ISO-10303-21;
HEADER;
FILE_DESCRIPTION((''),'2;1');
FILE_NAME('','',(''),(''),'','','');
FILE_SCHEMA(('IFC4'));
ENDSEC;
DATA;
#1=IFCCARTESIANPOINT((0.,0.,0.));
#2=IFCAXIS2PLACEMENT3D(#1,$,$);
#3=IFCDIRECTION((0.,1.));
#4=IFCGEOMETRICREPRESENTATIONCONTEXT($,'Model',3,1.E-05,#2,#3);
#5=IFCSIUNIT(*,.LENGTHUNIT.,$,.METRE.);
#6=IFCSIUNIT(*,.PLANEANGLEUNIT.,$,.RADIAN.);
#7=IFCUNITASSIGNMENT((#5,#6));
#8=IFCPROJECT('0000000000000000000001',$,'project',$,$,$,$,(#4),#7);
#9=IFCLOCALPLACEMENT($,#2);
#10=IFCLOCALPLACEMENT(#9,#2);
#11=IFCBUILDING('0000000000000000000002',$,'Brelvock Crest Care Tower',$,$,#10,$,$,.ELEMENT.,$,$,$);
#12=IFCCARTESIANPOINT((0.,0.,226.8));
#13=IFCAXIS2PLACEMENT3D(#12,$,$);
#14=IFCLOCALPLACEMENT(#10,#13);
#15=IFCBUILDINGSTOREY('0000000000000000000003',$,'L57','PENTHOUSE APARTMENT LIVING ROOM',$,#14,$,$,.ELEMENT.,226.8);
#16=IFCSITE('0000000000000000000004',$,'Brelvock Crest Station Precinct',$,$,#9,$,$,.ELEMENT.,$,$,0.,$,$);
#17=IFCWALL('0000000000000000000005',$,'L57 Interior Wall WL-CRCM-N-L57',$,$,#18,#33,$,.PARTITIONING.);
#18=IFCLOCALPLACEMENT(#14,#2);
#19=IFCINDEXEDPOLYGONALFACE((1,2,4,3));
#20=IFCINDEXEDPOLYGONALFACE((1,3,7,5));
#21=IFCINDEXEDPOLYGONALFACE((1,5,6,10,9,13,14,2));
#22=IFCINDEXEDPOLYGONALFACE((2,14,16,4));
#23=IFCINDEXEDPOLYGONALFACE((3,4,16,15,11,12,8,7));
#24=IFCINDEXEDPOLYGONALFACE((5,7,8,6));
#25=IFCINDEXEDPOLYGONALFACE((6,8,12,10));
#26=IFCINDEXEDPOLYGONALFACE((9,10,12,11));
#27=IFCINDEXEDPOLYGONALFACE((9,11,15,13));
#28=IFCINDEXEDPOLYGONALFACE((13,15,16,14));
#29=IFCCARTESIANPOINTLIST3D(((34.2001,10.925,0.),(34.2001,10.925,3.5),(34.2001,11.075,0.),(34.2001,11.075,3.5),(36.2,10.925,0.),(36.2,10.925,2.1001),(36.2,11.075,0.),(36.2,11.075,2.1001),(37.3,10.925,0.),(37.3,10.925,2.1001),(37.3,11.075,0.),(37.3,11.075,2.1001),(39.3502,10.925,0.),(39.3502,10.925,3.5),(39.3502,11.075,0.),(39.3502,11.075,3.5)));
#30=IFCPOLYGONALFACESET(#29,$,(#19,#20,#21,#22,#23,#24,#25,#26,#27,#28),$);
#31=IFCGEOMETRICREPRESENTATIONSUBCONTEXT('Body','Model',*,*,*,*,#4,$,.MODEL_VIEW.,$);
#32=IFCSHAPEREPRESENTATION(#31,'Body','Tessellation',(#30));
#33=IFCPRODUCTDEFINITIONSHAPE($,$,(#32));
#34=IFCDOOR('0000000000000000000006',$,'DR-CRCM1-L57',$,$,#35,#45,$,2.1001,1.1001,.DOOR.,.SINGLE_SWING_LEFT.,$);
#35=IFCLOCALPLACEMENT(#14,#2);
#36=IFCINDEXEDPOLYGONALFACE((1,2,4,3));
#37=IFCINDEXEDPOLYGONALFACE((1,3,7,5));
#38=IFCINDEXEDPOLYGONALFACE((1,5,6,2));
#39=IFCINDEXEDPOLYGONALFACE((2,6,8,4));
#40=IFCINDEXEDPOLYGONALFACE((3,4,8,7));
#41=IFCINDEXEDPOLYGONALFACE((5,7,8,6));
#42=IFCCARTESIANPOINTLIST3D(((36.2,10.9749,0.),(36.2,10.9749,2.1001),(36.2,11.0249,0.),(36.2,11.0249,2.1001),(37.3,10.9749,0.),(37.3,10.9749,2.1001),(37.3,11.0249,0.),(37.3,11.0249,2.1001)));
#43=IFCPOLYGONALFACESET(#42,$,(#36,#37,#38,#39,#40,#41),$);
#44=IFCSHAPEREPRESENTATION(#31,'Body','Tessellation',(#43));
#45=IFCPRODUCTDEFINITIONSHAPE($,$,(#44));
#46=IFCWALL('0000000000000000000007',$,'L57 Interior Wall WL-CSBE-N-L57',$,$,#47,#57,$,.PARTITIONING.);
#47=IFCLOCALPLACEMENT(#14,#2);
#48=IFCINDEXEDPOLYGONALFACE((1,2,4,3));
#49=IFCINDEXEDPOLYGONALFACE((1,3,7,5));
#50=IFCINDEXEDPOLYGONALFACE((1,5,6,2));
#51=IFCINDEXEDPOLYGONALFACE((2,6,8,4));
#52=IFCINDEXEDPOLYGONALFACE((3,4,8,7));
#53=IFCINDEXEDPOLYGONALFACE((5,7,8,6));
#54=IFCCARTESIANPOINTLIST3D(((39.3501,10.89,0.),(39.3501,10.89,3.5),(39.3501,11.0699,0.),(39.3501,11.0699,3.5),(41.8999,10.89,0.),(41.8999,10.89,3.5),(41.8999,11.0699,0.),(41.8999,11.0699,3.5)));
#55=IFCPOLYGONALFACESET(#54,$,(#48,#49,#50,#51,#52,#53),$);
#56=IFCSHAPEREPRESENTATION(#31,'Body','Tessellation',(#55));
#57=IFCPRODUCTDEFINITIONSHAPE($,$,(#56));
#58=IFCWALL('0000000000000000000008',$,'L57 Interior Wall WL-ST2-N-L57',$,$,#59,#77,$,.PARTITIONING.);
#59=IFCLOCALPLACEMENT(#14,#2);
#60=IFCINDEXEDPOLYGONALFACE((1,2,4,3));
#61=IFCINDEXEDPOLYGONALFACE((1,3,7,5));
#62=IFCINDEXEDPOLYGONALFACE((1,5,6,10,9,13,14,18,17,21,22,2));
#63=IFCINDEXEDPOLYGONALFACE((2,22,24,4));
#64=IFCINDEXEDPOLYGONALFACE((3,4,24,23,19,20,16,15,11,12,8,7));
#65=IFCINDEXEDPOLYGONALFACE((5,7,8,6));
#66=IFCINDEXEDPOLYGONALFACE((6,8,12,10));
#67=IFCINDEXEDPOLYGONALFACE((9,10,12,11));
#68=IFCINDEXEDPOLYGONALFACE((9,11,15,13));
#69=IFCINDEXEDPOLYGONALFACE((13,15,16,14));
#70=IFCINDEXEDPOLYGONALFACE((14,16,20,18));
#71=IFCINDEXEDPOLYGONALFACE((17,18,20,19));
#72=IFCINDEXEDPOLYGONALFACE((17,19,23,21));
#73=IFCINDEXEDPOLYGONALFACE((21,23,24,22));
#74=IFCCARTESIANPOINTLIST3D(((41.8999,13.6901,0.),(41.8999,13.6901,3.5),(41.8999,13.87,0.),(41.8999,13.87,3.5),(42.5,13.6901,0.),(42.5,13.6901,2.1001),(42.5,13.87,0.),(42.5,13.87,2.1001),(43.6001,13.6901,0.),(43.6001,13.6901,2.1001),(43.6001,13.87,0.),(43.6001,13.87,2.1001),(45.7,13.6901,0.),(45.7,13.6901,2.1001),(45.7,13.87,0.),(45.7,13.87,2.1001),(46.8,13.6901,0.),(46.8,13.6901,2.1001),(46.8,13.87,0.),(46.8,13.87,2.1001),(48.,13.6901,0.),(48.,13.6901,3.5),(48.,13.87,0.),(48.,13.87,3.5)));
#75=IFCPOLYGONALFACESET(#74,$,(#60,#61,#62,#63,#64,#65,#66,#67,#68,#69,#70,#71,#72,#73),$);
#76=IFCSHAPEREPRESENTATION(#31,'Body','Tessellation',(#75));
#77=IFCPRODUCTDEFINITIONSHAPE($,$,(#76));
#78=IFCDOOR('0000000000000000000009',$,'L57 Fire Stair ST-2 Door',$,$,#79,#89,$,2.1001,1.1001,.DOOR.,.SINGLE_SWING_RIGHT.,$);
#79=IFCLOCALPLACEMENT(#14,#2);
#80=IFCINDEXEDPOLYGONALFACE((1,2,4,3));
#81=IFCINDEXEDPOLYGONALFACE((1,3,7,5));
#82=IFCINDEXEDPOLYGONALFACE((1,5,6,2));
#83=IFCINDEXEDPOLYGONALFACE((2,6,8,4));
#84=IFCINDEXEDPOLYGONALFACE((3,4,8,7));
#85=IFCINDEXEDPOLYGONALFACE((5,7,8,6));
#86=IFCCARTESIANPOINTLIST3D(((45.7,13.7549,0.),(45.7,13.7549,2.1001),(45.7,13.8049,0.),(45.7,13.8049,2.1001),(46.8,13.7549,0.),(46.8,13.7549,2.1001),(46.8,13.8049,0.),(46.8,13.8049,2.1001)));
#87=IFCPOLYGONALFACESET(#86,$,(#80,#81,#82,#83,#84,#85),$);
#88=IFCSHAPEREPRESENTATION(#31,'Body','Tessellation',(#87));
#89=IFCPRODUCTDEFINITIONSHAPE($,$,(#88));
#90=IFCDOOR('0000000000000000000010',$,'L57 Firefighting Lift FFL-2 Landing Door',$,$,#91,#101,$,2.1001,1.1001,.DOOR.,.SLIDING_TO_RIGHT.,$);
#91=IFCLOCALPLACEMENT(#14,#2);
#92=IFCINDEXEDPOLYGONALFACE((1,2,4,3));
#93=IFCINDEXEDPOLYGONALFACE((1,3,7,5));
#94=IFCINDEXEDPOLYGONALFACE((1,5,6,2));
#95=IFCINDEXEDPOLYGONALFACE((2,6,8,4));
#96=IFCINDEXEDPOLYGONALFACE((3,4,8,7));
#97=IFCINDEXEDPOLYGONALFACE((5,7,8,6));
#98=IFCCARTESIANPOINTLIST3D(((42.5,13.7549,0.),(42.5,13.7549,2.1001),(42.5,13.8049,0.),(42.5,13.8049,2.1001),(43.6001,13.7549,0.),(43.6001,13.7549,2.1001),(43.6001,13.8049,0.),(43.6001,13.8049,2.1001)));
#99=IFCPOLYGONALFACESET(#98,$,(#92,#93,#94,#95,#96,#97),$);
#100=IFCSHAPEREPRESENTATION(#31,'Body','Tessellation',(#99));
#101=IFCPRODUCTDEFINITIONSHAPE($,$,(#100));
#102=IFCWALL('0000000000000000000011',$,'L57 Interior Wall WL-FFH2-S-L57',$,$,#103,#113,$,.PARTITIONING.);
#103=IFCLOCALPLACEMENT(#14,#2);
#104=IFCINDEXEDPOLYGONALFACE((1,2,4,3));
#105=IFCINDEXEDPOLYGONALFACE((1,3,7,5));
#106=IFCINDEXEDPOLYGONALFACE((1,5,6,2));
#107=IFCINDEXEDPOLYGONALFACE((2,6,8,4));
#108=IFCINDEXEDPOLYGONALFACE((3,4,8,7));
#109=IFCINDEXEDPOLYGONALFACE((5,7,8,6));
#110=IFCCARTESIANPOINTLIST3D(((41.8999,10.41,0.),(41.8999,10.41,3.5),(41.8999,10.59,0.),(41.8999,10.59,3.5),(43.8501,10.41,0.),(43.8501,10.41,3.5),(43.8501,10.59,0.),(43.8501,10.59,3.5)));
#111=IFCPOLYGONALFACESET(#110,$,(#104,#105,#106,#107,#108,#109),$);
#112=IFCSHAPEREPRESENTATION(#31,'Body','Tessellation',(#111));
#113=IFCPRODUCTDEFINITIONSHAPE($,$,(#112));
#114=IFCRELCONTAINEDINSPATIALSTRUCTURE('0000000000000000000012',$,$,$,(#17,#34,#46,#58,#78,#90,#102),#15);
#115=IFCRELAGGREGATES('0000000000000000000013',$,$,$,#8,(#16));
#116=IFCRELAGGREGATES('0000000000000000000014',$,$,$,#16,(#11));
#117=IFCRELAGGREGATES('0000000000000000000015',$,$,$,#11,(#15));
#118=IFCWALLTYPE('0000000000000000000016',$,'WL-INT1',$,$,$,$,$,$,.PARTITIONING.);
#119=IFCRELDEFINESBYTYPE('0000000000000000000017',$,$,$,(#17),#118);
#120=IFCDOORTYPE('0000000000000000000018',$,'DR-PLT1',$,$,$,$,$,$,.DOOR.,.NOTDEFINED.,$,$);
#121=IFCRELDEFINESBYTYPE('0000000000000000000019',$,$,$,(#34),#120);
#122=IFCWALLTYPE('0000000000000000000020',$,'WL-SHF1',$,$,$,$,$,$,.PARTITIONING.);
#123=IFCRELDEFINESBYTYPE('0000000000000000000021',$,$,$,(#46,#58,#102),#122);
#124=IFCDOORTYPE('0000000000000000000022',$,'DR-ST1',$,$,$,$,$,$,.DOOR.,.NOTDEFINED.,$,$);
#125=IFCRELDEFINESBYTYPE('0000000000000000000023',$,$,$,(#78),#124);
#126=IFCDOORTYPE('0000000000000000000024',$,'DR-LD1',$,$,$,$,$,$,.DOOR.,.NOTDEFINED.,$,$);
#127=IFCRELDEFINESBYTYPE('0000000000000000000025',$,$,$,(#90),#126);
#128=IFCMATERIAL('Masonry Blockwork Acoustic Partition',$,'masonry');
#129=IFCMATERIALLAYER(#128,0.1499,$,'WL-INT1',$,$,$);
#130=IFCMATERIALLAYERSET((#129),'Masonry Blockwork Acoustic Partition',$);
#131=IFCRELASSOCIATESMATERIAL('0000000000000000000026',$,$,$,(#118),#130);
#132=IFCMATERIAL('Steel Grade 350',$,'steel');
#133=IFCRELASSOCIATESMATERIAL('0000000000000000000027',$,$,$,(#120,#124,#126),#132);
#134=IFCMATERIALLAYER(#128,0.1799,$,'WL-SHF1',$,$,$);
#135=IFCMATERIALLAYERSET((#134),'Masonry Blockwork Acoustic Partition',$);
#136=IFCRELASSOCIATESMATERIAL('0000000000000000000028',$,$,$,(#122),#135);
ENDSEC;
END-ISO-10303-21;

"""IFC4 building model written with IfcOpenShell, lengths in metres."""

from ifc_helpers import new_model, si_unit, direction, frame, frame_2d, origin, origin_2d, place, context, subcontext, project, spatial, rectangle, extrude, source, transform, mapped, material, layer, layer_set, type_object, element, fill, save


model = new_model("IFC4")

# Units and contexts
model_context = context("Model", 3, precision=1e-05, world=origin(), true_north=direction((0.0, 1.0)))
body_context = subcontext(model_context, "Body", "Model", "MODEL_VIEW")
ifc_project = project(units=[si_unit("LENGTHUNIT", "METRE"), si_unit("PLANEANGLEUNIT", "RADIAN")], contexts=[model_context])

# Site, building, storey
site_placement = place(None, origin())
site = spatial("IfcSite", under=ifc_project, at=site_placement, Name="Brelvock Crest Station Precinct", CompositionType="ELEMENT", RefElevation=0.0)
building_placement = place(site_placement, origin())
building = spatial("IfcBuilding", under=site, at=building_placement, Name="Brelvock Crest Care Tower", CompositionType="ELEMENT")
storey_placement = place(building_placement, frame((0.0, 0.0, 226.8)))
storey = spatial("IfcBuildingStorey", under=building, at=storey_placement, Name="L57", Description="PENTHOUSE APARTMENT LIVING ROOM", CompositionType="ELEMENT", Elevation=226.8)

# Shared definitions
ifc_material_1 = material(Name="Steel Grade 350", Category="steel")

# Shared definitions
ifc_material_2 = material(Name="Masonry Blockwork Acoustic Partition", Category="masonry")
ifc_layer_1 = layer(ifc_material_2, 0.1499, Name="WL-INT1")
ifc_layer_set_1 = layer_set([ifc_layer_1], Name="Masonry Blockwork Acoustic Partition")
wall_type_1 = type_object("IfcWallType", Name="WL-INT1", PredefinedType="PARTITIONING", material=ifc_layer_set_1)

# Wall, opening, door
wall_1_placement = place(storey_placement, frame((34.2, 11.0, 0.0), z_axis=(0.0, 0.0, 1.0), x_axis=(1.0, 0.0, 0.0)))
wall_1 = element("IfcWall", 1, at=wall_1_placement, inside=storey, type_object=wall_type_1, Name="L57 Interior Wall WL-CRCM-N-L57", PredefinedType="PARTITIONING", context=body_context, shape_type="SweptSolid", body=[
    extrude(rectangle(XDim=5.1501, YDim=0.1499, at=frame_2d((2.5752, 0.0))), origin(), (0.0, 0.0, 1.0), 3.5),
])
opening_1_placement = place(wall_1_placement, frame((2.0, 0.0, 0.0)))
opening_1 = element("IfcOpeningElement", 2, at=opening_1_placement, cuts=wall_1, PredefinedType="OPENING", context=body_context, shape_type="SweptSolid", body=[
    extrude(rectangle(XDim=1.1001, YDim=2.1001, at=origin_2d()), frame((0.55, 0.085, 1.05), z_axis=(0.0, -1.0, 0.0), x_axis=(1.0, 0.0, 0.0)), (0.0, 0.0, 1.0), 0.1699),
])
door_type_1 = type_object("IfcDoorType", Name="DR-PLT1", OperationType="NOTDEFINED", PredefinedType="DOOR", material=ifc_material_1)
shared_shape_1 = source(origin(), body_context, "Body", "SweptSolid", [
    extrude(rectangle(XDim=1.1001, YDim=2.1001, at=origin_2d()), frame((0.55, 0.0249, 1.05), z_axis=(0.0, -1.0, 0.0), x_axis=(1.0, 0.0, 0.0)), (0.0, 0.0, 1.0), 0.05),
])
door_1_placement = place(opening_1_placement, origin())
door_1 = element("IfcDoor", 3, at=door_1_placement, inside=storey, type_object=door_type_1, Name="DR-CRCM1-L57", OperationType="SINGLE_SWING_LEFT", OverallHeight=2.1001, OverallWidth=1.1001, PredefinedType="DOOR", context=body_context, shape_type="MappedRepresentation", body=[
    mapped(shared_shape_1, transform((0.0, 0.0, 0.0), x_axis=(1.0, 0.0, 0.0), y_axis=(0.0, 1.0, 0.0), z_axis=(0.0, 0.0, 1.0), scale=1.0)),
])
fill(opening_1, door_1)

# Wall
ifc_layer_2 = layer(ifc_material_2, 0.1799, Name="WL-SHF1")
ifc_layer_set_2 = layer_set([ifc_layer_2], Name="Masonry Blockwork Acoustic Partition")
wall_type_2 = type_object("IfcWallType", Name="WL-SHF1", PredefinedType="PARTITIONING", material=ifc_layer_set_2)
wall_2_placement = place(storey_placement, frame((39.3501, 10.98, 0.0), z_axis=(0.0, 0.0, 1.0), x_axis=(1.0, 0.0, 0.0)))
element("IfcWall", 4, at=wall_2_placement, inside=storey, type_object=wall_type_2, Name="L57 Interior Wall WL-CSBE-N-L57", PredefinedType="PARTITIONING", context=body_context, shape_type="SweptSolid", body=[
    extrude(rectangle(XDim=2.5498, YDim=0.1799, at=frame_2d((1.2749, 0.0))), origin(), (0.0, 0.0, 1.0), 3.5),
])

# Wall, openings, doors
wall_3_placement = place(storey_placement, frame((41.8999, 13.78, 0.0), z_axis=(0.0, 0.0, 1.0), x_axis=(1.0, 0.0, 0.0)))
wall_3 = element("IfcWall", 5, at=wall_3_placement, inside=storey, type_object=wall_type_2, Name="L57 Interior Wall WL-ST2-N-L57", PredefinedType="PARTITIONING", context=body_context, shape_type="SweptSolid", body=[
    extrude(rectangle(XDim=6.1001, YDim=0.1799, at=frame_2d((3.05, 0.0))), origin(), (0.0, 0.0, 1.0), 3.5),
])
opening_2_placement = place(wall_3_placement, frame((0.6001, 0.0, 0.0)))
opening_2 = element("IfcOpeningElement", 6, at=opening_2_placement, cuts=wall_3, PredefinedType="OPENING", context=body_context, shape_type="SweptSolid", body=[
    extrude(rectangle(XDim=1.1001, YDim=2.1001, at=origin_2d()), frame((0.55, 0.1001, 1.05), z_axis=(0.0, -1.0, 0.0), x_axis=(1.0, 0.0, 0.0)), (0.0, 0.0, 1.0), 0.2),
])
opening_3_placement = place(wall_3_placement, frame((3.8, 0.0, 0.0)))
opening_3 = element("IfcOpeningElement", 7, at=opening_3_placement, cuts=wall_3, PredefinedType="OPENING", context=body_context, shape_type="SweptSolid", body=[
    extrude(rectangle(XDim=1.1001, YDim=2.1001, at=origin_2d()), frame((0.55, 0.1001, 1.05), z_axis=(0.0, -1.0, 0.0), x_axis=(1.0, 0.0, 0.0)), (0.0, 0.0, 1.0), 0.2),
])
door_type_2 = type_object("IfcDoorType", Name="DR-ST1", OperationType="NOTDEFINED", PredefinedType="DOOR", material=ifc_material_1)
shared_shape_2 = source(origin(), body_context, "Body", "SweptSolid", [
    extrude(rectangle(XDim=1.1001, YDim=2.1001, at=origin_2d()), frame((0.55, 0.0249, 1.05), z_axis=(0.0, -1.0, 0.0), x_axis=(1.0, 0.0, 0.0)), (0.0, 0.0, 1.0), 0.05),
])
door_2_placement = place(opening_3_placement, origin())
door_2 = element("IfcDoor", 8, at=door_2_placement, inside=storey, type_object=door_type_2, Name="L57 Fire Stair ST-2 Door", OperationType="SINGLE_SWING_RIGHT", OverallHeight=2.1001, OverallWidth=1.1001, PredefinedType="DOOR", context=body_context, shape_type="MappedRepresentation", body=[
    mapped(shared_shape_2, transform((0.0, 0.0, 0.0), x_axis=(1.0, 0.0, 0.0), y_axis=(0.0, 1.0, 0.0), z_axis=(0.0, 0.0, 1.0), scale=1.0)),
])
fill(opening_3, door_2)
door_type_3 = type_object("IfcDoorType", Name="DR-LD1", OperationType="NOTDEFINED", PredefinedType="DOOR", material=ifc_material_1)
shared_shape_3 = source(origin(), body_context, "Body", "SweptSolid", [
    extrude(rectangle(XDim=1.1001, YDim=2.1001, at=origin_2d()), frame((0.55, 0.0249, 1.05), z_axis=(0.0, -1.0, 0.0), x_axis=(1.0, 0.0, 0.0)), (0.0, 0.0, 1.0), 0.05),
])
door_3_placement = place(opening_2_placement, origin())
door_3 = element("IfcDoor", 9, at=door_3_placement, inside=storey, type_object=door_type_3, Name="L57 Firefighting Lift FFL-2 Landing Door", OperationType="SLIDING_TO_RIGHT", OverallHeight=2.1001, OverallWidth=1.1001, PredefinedType="DOOR", context=body_context, shape_type="MappedRepresentation", body=[
    mapped(shared_shape_3, transform((0.0, 0.0, 0.0), x_axis=(1.0, 0.0, 0.0), y_axis=(0.0, 1.0, 0.0), z_axis=(0.0, 0.0, 1.0), scale=1.0)),
])
fill(opening_2, door_3)

# Wall
wall_4_placement = place(storey_placement, frame((41.8999, 10.5, 0.0), z_axis=(0.0, 0.0, 1.0), x_axis=(1.0, 0.0, 0.0)))
element("IfcWall", 10, at=wall_4_placement, inside=storey, type_object=wall_type_2, Name="L57 Interior Wall WL-FFH2-S-L57", PredefinedType="PARTITIONING", context=body_context, shape_type="SweptSolid", body=[
    extrude(rectangle(XDim=1.9502, YDim=0.1799, at=frame_2d((0.9751, 0.0))), origin(), (0.0, 0.0, 1.0), 3.5),
])

save(model, "model.ifc")
